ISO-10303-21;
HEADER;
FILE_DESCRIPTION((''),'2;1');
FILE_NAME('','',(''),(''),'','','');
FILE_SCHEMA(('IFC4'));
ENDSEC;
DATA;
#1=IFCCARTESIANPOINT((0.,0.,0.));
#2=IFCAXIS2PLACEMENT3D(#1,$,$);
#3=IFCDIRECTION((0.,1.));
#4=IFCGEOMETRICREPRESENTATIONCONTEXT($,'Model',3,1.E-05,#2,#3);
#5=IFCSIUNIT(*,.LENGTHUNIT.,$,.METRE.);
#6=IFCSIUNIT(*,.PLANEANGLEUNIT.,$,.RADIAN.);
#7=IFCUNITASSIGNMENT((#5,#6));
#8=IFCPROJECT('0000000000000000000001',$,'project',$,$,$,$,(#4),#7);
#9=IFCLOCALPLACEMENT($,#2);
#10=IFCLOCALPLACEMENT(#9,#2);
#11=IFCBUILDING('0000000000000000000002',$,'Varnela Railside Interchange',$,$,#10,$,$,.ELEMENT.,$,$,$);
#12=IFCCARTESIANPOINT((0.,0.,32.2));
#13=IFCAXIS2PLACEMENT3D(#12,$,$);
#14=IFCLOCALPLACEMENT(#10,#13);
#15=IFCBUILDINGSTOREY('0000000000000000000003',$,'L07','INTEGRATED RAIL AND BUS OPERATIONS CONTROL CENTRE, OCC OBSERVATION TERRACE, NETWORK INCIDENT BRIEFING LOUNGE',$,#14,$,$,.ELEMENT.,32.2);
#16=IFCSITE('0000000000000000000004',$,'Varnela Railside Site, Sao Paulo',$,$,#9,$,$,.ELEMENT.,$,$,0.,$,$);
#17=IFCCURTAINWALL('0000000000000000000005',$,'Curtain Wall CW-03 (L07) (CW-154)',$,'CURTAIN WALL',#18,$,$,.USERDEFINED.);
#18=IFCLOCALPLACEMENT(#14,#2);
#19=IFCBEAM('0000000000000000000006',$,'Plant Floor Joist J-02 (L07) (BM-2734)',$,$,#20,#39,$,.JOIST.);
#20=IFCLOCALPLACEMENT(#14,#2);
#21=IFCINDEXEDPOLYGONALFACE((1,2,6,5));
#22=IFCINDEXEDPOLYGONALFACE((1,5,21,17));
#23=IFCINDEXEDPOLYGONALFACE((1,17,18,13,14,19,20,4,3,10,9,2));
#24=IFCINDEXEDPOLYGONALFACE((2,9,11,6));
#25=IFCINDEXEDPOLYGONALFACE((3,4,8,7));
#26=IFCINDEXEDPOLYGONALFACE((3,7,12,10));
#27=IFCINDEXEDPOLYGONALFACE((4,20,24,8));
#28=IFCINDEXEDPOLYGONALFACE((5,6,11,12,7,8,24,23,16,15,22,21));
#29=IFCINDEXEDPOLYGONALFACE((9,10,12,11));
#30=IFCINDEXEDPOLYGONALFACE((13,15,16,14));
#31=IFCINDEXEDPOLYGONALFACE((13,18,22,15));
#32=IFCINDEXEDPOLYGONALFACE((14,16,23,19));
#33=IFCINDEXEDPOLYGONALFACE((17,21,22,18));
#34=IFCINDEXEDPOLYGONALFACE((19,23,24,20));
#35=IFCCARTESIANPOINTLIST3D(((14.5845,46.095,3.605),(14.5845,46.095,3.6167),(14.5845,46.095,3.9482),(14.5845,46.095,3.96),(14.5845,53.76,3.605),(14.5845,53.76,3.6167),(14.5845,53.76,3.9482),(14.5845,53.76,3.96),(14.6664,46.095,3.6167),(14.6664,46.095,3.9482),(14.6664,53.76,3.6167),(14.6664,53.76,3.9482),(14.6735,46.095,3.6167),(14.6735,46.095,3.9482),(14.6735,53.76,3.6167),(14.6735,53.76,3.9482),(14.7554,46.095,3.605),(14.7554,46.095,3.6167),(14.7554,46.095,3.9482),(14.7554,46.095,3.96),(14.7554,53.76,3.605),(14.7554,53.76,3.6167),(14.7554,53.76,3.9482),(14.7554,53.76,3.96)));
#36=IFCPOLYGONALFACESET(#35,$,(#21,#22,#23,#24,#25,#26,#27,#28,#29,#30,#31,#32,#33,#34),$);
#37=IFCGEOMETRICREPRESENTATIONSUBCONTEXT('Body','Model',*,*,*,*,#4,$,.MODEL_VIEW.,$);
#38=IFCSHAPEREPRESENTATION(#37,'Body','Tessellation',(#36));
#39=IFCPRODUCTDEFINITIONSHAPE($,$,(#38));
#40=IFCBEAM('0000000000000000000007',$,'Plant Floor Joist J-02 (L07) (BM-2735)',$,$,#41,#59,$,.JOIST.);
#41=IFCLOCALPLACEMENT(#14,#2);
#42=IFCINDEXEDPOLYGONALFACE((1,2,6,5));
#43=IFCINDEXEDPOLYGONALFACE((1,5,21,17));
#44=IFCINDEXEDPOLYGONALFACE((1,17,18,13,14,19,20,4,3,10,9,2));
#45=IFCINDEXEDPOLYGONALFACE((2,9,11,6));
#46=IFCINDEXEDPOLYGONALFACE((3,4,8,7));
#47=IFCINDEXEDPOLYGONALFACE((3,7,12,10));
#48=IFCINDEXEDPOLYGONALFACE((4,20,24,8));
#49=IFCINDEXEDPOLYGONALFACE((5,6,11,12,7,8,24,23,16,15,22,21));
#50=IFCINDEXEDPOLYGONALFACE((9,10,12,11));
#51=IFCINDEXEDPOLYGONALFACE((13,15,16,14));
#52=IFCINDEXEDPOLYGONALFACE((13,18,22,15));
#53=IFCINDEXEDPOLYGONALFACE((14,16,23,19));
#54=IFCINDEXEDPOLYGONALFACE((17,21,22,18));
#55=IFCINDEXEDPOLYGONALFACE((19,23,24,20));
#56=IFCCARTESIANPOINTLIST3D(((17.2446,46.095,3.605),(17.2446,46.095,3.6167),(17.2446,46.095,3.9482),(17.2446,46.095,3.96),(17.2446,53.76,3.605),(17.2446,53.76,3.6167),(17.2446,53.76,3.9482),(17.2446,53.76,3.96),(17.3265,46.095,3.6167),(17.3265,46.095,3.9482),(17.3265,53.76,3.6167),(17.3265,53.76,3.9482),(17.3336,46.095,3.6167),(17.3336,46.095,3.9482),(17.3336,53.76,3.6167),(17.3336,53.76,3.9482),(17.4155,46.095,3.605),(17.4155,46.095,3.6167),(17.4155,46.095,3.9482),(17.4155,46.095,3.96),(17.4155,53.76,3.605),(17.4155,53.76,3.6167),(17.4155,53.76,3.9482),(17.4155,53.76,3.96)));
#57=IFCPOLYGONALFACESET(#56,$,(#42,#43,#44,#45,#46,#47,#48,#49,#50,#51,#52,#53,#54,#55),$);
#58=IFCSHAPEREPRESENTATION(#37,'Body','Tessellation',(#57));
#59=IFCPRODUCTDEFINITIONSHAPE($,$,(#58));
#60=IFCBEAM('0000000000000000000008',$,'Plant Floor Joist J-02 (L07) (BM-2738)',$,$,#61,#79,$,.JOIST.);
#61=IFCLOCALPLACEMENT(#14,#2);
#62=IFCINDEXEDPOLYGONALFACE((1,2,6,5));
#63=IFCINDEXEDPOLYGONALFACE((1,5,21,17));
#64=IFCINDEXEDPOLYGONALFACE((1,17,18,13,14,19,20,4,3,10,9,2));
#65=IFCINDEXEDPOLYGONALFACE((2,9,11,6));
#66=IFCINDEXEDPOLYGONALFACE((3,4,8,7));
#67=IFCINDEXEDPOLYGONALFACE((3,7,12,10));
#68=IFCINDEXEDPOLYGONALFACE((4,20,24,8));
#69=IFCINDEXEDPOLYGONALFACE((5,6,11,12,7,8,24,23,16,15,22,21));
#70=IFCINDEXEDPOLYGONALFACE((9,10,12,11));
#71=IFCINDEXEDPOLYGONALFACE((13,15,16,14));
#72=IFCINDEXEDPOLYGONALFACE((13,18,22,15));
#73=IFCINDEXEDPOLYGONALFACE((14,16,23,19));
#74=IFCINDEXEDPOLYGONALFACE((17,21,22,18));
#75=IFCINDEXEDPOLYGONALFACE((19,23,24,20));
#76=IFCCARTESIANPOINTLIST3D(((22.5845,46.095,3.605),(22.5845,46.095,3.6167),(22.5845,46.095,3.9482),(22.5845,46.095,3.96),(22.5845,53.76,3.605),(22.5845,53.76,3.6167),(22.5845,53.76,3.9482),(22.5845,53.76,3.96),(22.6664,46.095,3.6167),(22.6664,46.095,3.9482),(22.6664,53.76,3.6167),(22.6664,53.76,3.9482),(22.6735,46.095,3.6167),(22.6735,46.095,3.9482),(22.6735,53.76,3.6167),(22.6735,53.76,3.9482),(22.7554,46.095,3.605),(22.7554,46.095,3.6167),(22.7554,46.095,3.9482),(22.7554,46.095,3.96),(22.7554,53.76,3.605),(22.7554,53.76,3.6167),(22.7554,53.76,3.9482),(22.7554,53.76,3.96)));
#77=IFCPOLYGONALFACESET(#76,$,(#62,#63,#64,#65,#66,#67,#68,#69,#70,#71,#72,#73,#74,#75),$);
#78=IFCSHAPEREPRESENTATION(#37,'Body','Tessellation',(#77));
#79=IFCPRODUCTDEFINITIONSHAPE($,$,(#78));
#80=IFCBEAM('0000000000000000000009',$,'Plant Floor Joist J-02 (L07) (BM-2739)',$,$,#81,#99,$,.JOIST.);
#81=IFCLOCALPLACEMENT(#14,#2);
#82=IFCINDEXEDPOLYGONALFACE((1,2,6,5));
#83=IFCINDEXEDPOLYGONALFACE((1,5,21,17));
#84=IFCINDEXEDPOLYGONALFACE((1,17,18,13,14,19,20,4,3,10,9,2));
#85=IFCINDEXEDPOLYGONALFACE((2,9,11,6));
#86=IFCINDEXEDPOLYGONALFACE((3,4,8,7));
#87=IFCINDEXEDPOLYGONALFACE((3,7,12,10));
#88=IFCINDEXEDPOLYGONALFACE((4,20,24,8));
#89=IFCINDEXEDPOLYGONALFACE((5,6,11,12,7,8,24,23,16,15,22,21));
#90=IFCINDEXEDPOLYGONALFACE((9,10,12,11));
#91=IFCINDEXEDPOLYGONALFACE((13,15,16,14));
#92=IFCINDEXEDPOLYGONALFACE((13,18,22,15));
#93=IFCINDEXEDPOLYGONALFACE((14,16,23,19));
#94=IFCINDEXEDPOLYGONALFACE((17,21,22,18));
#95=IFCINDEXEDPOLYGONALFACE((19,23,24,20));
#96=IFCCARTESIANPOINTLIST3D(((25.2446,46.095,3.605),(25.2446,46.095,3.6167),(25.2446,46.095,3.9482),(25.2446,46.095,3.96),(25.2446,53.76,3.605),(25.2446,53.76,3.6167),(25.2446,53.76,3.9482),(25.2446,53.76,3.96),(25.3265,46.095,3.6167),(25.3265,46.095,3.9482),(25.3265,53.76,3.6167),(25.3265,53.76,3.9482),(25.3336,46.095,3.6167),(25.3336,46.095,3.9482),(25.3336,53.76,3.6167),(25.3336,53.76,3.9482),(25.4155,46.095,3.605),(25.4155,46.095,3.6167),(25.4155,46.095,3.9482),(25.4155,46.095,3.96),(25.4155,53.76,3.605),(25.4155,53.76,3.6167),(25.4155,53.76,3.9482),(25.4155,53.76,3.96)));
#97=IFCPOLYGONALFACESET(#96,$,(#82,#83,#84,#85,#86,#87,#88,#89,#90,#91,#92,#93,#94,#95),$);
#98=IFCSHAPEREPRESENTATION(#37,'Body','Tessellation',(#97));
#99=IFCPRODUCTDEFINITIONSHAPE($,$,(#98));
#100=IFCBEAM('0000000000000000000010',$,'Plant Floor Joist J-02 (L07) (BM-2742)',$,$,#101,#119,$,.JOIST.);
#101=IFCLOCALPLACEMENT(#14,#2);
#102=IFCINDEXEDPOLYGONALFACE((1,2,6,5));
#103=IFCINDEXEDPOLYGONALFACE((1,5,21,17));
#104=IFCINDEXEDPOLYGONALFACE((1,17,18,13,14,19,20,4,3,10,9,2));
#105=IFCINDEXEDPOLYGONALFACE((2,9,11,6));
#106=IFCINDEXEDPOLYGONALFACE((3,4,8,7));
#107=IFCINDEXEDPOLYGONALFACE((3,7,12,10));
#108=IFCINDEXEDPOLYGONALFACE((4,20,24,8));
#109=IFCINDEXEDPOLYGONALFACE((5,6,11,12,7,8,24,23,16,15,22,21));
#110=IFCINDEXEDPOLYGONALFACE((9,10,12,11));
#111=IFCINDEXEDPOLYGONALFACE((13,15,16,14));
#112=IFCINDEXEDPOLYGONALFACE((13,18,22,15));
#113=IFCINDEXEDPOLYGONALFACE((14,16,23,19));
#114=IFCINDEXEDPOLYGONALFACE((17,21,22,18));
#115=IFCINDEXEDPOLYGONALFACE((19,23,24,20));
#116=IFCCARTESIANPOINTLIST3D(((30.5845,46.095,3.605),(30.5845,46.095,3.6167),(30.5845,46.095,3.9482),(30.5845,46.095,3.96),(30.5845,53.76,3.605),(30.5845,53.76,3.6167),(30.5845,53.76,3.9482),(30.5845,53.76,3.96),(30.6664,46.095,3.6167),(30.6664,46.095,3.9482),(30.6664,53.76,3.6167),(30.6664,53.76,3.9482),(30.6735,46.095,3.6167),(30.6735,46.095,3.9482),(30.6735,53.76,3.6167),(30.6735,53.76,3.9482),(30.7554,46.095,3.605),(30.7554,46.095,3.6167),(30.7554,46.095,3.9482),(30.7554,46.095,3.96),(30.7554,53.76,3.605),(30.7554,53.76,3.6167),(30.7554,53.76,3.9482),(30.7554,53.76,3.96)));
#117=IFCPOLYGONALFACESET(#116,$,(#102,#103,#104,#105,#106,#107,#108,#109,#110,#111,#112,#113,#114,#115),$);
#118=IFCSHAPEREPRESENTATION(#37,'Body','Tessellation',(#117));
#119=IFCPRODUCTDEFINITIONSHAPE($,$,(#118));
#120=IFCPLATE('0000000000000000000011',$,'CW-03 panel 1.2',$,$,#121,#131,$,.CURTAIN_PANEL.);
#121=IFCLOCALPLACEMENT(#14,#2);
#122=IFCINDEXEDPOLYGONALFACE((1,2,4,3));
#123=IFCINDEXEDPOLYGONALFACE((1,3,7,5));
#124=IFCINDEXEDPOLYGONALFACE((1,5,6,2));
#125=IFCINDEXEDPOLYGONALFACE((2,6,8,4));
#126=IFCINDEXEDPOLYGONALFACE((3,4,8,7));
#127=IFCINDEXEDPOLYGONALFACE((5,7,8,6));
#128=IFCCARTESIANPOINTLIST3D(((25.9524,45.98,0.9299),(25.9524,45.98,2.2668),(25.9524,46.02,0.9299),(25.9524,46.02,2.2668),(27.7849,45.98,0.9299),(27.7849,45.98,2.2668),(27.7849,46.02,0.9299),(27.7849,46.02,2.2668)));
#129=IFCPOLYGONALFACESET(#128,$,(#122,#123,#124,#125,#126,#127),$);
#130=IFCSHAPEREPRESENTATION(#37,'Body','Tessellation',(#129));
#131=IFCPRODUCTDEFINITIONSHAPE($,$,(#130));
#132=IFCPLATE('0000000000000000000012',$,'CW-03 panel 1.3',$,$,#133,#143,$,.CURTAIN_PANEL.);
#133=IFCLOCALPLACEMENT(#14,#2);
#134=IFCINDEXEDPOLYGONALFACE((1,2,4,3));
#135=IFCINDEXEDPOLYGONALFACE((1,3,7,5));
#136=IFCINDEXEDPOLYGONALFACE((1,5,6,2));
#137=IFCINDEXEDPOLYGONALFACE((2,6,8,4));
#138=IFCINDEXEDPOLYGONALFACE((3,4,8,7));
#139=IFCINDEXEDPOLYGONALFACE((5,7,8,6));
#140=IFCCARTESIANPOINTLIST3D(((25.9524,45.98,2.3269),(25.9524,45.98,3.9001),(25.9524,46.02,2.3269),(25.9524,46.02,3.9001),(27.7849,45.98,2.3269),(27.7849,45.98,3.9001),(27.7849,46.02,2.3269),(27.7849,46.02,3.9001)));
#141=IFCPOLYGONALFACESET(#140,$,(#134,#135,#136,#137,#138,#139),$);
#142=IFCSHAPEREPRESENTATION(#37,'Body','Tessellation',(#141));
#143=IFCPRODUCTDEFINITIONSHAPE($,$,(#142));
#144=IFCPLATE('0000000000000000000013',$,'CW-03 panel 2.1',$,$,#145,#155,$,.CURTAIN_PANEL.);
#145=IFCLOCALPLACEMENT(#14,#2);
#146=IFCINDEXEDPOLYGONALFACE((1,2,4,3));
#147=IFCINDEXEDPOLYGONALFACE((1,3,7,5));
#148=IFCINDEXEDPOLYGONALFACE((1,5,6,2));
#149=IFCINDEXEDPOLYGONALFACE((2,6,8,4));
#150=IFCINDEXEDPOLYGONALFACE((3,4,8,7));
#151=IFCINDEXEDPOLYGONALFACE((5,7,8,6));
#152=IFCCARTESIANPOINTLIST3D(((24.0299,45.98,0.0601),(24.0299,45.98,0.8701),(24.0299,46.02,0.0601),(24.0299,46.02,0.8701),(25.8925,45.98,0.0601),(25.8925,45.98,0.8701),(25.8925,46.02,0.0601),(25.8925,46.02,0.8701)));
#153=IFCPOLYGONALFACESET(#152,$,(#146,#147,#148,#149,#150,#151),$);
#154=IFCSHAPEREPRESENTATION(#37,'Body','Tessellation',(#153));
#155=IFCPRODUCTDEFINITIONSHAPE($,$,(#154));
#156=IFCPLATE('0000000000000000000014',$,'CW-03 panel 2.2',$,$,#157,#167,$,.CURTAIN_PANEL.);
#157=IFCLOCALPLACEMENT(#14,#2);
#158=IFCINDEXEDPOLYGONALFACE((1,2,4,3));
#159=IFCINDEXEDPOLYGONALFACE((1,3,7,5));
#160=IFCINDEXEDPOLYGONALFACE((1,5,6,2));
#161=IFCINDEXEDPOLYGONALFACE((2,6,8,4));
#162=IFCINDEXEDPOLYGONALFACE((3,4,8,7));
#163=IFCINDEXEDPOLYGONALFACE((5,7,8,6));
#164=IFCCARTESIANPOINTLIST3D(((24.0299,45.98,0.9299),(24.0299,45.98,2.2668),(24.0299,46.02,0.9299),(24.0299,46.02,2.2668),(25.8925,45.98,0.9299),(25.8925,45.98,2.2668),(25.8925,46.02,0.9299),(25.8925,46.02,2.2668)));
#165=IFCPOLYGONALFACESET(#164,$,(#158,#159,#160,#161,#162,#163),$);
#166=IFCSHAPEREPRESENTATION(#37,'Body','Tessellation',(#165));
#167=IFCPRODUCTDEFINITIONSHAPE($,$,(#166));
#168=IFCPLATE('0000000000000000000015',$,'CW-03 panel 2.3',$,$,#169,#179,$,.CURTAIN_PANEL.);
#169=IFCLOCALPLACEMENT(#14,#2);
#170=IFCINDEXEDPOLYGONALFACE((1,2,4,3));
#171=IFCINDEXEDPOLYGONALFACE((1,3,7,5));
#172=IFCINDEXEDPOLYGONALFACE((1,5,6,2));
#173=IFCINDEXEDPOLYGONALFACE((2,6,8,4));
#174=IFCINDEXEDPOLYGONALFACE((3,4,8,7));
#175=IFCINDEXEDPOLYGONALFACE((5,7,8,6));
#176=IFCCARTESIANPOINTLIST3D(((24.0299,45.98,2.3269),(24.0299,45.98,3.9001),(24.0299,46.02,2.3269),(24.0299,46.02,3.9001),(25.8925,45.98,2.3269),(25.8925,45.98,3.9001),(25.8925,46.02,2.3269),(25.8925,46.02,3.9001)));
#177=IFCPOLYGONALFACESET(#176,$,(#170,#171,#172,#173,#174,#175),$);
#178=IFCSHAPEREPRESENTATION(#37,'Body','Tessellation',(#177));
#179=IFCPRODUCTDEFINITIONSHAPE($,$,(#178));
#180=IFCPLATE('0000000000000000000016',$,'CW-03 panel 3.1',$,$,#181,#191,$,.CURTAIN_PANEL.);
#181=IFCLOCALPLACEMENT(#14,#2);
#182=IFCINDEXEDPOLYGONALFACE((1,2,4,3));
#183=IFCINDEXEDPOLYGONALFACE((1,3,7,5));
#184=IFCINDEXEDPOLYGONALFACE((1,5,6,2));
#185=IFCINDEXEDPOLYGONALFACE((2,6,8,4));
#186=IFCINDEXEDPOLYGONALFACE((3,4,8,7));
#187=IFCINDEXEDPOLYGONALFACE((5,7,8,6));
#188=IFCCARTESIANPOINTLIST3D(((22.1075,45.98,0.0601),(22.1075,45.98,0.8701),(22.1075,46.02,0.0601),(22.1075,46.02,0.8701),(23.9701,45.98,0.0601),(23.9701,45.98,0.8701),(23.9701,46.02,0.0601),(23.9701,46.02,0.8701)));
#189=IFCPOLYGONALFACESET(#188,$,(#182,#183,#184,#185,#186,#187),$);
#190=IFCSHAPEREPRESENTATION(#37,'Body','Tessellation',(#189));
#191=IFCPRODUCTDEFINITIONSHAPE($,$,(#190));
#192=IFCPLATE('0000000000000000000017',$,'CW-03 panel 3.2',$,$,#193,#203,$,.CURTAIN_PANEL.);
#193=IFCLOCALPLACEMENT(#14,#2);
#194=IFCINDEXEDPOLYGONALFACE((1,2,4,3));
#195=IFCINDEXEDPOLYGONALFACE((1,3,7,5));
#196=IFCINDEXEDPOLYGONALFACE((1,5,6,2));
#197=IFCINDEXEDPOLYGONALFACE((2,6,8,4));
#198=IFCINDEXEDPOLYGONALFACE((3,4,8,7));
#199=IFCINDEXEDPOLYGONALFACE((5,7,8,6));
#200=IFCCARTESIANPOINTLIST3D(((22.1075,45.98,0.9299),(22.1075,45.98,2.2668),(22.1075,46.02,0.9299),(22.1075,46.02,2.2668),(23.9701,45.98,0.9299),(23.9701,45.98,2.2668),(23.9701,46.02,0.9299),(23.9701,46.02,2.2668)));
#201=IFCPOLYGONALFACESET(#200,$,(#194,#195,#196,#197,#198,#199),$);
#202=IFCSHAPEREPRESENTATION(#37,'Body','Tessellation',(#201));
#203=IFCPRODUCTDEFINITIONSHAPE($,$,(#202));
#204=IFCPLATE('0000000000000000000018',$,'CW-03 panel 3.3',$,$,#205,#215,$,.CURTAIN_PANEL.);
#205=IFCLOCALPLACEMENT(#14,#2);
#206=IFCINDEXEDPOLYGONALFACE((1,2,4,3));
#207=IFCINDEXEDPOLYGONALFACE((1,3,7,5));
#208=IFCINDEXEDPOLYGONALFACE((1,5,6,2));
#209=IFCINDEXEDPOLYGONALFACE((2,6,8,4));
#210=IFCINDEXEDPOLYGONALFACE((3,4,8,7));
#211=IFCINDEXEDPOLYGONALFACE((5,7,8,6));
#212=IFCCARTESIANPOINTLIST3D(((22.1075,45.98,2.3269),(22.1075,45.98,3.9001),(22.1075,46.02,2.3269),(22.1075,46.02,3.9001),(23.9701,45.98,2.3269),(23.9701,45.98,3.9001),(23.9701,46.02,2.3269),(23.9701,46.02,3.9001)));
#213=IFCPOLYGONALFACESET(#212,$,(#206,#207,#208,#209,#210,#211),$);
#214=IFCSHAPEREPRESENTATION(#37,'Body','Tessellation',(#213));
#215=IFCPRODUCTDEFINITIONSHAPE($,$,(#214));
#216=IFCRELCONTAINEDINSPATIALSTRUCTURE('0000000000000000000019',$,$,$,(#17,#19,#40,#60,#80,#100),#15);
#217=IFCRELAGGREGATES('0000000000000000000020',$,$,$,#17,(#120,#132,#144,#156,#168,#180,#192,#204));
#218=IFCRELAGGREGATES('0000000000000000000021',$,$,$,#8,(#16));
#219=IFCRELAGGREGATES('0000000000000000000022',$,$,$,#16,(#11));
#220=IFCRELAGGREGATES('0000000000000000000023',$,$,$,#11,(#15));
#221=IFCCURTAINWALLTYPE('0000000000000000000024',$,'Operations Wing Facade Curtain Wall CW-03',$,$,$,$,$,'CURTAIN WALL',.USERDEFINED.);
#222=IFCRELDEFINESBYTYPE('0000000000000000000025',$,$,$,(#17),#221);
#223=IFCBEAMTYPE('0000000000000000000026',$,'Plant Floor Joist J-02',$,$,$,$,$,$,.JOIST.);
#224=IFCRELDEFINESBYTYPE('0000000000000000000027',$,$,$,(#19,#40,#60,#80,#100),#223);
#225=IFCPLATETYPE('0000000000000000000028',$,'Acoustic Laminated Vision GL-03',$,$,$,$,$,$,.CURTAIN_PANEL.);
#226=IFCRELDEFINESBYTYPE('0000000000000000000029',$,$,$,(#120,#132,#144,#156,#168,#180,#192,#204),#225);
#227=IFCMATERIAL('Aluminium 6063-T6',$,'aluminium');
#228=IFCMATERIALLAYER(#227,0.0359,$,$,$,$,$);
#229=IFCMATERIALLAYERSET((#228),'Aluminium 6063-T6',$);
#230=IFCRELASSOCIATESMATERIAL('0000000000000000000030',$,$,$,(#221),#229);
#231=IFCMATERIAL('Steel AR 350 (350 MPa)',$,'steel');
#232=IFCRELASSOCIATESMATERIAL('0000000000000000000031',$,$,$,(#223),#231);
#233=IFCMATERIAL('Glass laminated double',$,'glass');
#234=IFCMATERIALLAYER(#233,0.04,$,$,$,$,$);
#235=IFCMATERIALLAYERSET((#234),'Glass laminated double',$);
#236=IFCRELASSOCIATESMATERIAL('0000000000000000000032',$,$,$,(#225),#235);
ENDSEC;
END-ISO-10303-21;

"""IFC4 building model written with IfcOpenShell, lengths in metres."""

from ifc_helpers import new_model, si_unit, direction, frame, origin, origin_2d, place, context, subcontext, project, spatial, rectangle, i_section, extrude, material, layer, layer_set, material_profile, profile_set, type_object, element, aggregate, save


model = new_model("IFC4")

# Units and contexts
model_context = context("Model", 3, precision=1e-05, world=origin(), true_north=direction((0.0, 1.0)))
body_context = subcontext(model_context, "Body", "Model", "MODEL_VIEW")
ifc_project = project(units=[si_unit("LENGTHUNIT", "METRE"), si_unit("PLANEANGLEUNIT", "RADIAN")], contexts=[model_context])

# Site, building, storey
site_placement = place(None, origin())
site = spatial("IfcSite", under=ifc_project, at=site_placement, Name="Varnela Railside Site, Sao Paulo", CompositionType="ELEMENT", RefElevation=0.0)
building_placement = place(site_placement, origin())
building = spatial("IfcBuilding", under=site, at=building_placement, Name="Varnela Railside Interchange", CompositionType="ELEMENT")
storey_placement = place(building_placement, frame((0.0, 0.0, 32.2)))
storey = spatial("IfcBuildingStorey", under=building, at=storey_placement, Name="L07", Description="INTEGRATED RAIL AND BUS OPERATIONS CONTROL CENTRE, OCC OBSERVATION TERRACE, NETWORK INCIDENT BRIEFING LOUNGE", CompositionType="ELEMENT", Elevation=32.2)

# Shared definitions
ifc_material_1 = material(Name="Aluminium 6063-T6", Category="aluminium")
ifc_layer_1 = layer(ifc_material_1, 0.0359)
ifc_layer_set_1 = layer_set([ifc_layer_1], Name="Aluminium 6063-T6")
curtain_wall_type = type_object("IfcCurtainWallType", Name="Operations Wing Facade Curtain Wall CW-03", ElementType="CURTAIN WALL", PredefinedType="USERDEFINED", material=ifc_layer_set_1)

# Curtain wall
curtain_wall_1_placement = place(storey_placement, origin())
curtain_wall_1 = element("IfcCurtainWall", 1, at=curtain_wall_1_placement, inside=storey, type_object=curtain_wall_type, Name="Curtain Wall CW-03 (L07) (CW-154)", ObjectType="CURTAIN WALL", PredefinedType="USERDEFINED")

# Beams
ifc_material_2 = material(Name="Steel AR 350 (350 MPa)", Category="steel")
ifc_material_profile_1 = material_profile(ifc_material_2, i_section(OverallWidth=0.1709, OverallDepth=0.355, WebThickness=0.0071, FlangeThickness=0.0117, at=origin_2d()), Name="W360x51")
ifc_profile_set_1 = profile_set([ifc_material_profile_1], Name="Steel AR 350 (350 MPa)")
beam_type = type_object("IfcBeamType", Name="Plant Floor Joist J-02", PredefinedType="JOIST", material=ifc_profile_set_1)
for number, where, z_axis, x_axis, name in (
    (2, (14.6699, 46.095, 3.7825), (0.0, 1.0, 0.0), (-1.0, 0.0, 0.0), "Plant Floor Joist J-02 (L07) (BM-2734)"),
    (3, (17.3301, 46.095, 3.7825), (0.0, 1.0, 0.0), (-1.0, 0.0, 0.0), "Plant Floor Joist J-02 (L07) (BM-2735)"),
    (4, (22.6699, 46.095, 3.7825), (0.0, 1.0, 0.0), (-1.0, 0.0, 0.0), "Plant Floor Joist J-02 (L07) (BM-2738)"),
    (5, (25.3301, 46.095, 3.7825), (0.0, 1.0, 0.0), (-1.0, 0.0, 0.0), "Plant Floor Joist J-02 (L07) (BM-2739)"),
    (6, (30.6699, 46.095, 3.7825), (0.0, 1.0, 0.0), (-1.0, 0.0, 0.0), "Plant Floor Joist J-02 (L07) (BM-2742)"),
):
    element("IfcBeam", number, at=place(storey_placement, frame(where, z_axis=z_axis, x_axis=x_axis)), inside=storey, type_object=beam_type, Name=name, PredefinedType="JOIST", context=body_context, shape_type="SweptSolid", body=[
        extrude(i_section(OverallWidth=0.1709, OverallDepth=0.355, WebThickness=0.0071, FlangeThickness=0.0117, at=origin_2d()), origin(), (0.0, 0.0, 1.0), 7.665),
    ])

# Plates
ifc_material_3 = material(Name="Glass laminated double", Category="glass")
ifc_layer_2 = layer(ifc_material_3, 0.04)
ifc_layer_set_2 = layer_set([ifc_layer_2], Name="Glass laminated double")
plate_type = type_object("IfcPlateType", Name="Acoustic Laminated Vision GL-03", PredefinedType="CURTAIN_PANEL", material=ifc_layer_set_2)
plate_1_placement = place(storey_placement, frame((26.8687, 46.0, 0.9299), z_axis=(0.0, 0.0, 1.0), x_axis=(-1.0, 0.0, 0.0)))
plate_1 = element("IfcPlate", 7, at=plate_1_placement, type_object=plate_type, Name="CW-03 panel 1.2", PredefinedType="CURTAIN_PANEL", context=body_context, shape_type="SweptSolid", body=[
    extrude(rectangle(XDim=1.8325, YDim=0.04, at=origin_2d()), origin(), (0.0, 0.0, 1.0), 1.3369),
])
plate_2_placement = place(storey_placement, frame((26.8687, 46.0, 2.3269), z_axis=(0.0, 0.0, 1.0), x_axis=(-1.0, 0.0, 0.0)))
plate_2 = element("IfcPlate", 8, at=plate_2_placement, type_object=plate_type, Name="CW-03 panel 1.3", PredefinedType="CURTAIN_PANEL", context=body_context, shape_type="SweptSolid", body=[
    extrude(rectangle(XDim=1.8325, YDim=0.04, at=origin_2d()), origin(), (0.0, 0.0, 1.0), 1.5732),
])
plate_3_placement = place(storey_placement, frame((24.9612, 46.0, 0.0601), z_axis=(0.0, 0.0, 1.0), x_axis=(-1.0, 0.0, 0.0)))
plate_3 = element("IfcPlate", 9, at=plate_3_placement, type_object=plate_type, Name="CW-03 panel 2.1", PredefinedType="CURTAIN_PANEL", context=body_context, shape_type="SweptSolid", body=[
    extrude(rectangle(XDim=1.8625, YDim=0.04, at=origin_2d()), origin(), (0.0, 0.0, 1.0), 0.8101),
])
plate_4_placement = place(storey_placement, frame((24.9612, 46.0, 0.9299), z_axis=(0.0, 0.0, 1.0), x_axis=(-1.0, 0.0, 0.0)))
plate_4 = element("IfcPlate", 10, at=plate_4_placement, type_object=plate_type, Name="CW-03 panel 2.2", PredefinedType="CURTAIN_PANEL", context=body_context, shape_type="SweptSolid", body=[
    extrude(rectangle(XDim=1.8625, YDim=0.04, at=origin_2d()), origin(), (0.0, 0.0, 1.0), 1.3369),
])
plate_5_placement = place(storey_placement, frame((24.9612, 46.0, 2.3269), z_axis=(0.0, 0.0, 1.0), x_axis=(-1.0, 0.0, 0.0)))
plate_5 = element("IfcPlate", 11, at=plate_5_placement, type_object=plate_type, Name="CW-03 panel 2.3", PredefinedType="CURTAIN_PANEL", context=body_context, shape_type="SweptSolid", body=[
    extrude(rectangle(XDim=1.8625, YDim=0.04, at=origin_2d()), origin(), (0.0, 0.0, 1.0), 1.5732),
])
plate_6_placement = place(storey_placement, frame((23.0388, 46.0, 0.0601), z_axis=(0.0, 0.0, 1.0), x_axis=(-1.0, 0.0, 0.0)))
plate_6 = element("IfcPlate", 12, at=plate_6_placement, type_object=plate_type, Name="CW-03 panel 3.1", PredefinedType="CURTAIN_PANEL", context=body_context, shape_type="SweptSolid", body=[
    extrude(rectangle(XDim=1.8625, YDim=0.04, at=origin_2d()), origin(), (0.0, 0.0, 1.0), 0.8101),
])
plate_7_placement = place(storey_placement, frame((23.0388, 46.0, 0.9299), z_axis=(0.0, 0.0, 1.0), x_axis=(-1.0, 0.0, 0.0)))
plate_7 = element("IfcPlate", 13, at=plate_7_placement, type_object=plate_type, Name="CW-03 panel 3.2", PredefinedType="CURTAIN_PANEL", context=body_context, shape_type="SweptSolid", body=[
    extrude(rectangle(XDim=1.8625, YDim=0.04, at=origin_2d()), origin(), (0.0, 0.0, 1.0), 1.3369),
])
plate_8_placement = place(storey_placement, frame((23.0388, 46.0, 2.3269), z_axis=(0.0, 0.0, 1.0), x_axis=(-1.0, 0.0, 0.0)))
plate_8 = element("IfcPlate", 14, at=plate_8_placement, type_object=plate_type, Name="CW-03 panel 3.3", PredefinedType="CURTAIN_PANEL", context=body_context, shape_type="SweptSolid", body=[
    extrude(rectangle(XDim=1.8625, YDim=0.04, at=origin_2d()), origin(), (0.0, 0.0, 1.0), 1.5732),
])
aggregate(curtain_wall_1, [plate_1, plate_2, plate_3, plate_4, plate_5, plate_6, plate_7, plate_8])

save(model, "model.ifc")
